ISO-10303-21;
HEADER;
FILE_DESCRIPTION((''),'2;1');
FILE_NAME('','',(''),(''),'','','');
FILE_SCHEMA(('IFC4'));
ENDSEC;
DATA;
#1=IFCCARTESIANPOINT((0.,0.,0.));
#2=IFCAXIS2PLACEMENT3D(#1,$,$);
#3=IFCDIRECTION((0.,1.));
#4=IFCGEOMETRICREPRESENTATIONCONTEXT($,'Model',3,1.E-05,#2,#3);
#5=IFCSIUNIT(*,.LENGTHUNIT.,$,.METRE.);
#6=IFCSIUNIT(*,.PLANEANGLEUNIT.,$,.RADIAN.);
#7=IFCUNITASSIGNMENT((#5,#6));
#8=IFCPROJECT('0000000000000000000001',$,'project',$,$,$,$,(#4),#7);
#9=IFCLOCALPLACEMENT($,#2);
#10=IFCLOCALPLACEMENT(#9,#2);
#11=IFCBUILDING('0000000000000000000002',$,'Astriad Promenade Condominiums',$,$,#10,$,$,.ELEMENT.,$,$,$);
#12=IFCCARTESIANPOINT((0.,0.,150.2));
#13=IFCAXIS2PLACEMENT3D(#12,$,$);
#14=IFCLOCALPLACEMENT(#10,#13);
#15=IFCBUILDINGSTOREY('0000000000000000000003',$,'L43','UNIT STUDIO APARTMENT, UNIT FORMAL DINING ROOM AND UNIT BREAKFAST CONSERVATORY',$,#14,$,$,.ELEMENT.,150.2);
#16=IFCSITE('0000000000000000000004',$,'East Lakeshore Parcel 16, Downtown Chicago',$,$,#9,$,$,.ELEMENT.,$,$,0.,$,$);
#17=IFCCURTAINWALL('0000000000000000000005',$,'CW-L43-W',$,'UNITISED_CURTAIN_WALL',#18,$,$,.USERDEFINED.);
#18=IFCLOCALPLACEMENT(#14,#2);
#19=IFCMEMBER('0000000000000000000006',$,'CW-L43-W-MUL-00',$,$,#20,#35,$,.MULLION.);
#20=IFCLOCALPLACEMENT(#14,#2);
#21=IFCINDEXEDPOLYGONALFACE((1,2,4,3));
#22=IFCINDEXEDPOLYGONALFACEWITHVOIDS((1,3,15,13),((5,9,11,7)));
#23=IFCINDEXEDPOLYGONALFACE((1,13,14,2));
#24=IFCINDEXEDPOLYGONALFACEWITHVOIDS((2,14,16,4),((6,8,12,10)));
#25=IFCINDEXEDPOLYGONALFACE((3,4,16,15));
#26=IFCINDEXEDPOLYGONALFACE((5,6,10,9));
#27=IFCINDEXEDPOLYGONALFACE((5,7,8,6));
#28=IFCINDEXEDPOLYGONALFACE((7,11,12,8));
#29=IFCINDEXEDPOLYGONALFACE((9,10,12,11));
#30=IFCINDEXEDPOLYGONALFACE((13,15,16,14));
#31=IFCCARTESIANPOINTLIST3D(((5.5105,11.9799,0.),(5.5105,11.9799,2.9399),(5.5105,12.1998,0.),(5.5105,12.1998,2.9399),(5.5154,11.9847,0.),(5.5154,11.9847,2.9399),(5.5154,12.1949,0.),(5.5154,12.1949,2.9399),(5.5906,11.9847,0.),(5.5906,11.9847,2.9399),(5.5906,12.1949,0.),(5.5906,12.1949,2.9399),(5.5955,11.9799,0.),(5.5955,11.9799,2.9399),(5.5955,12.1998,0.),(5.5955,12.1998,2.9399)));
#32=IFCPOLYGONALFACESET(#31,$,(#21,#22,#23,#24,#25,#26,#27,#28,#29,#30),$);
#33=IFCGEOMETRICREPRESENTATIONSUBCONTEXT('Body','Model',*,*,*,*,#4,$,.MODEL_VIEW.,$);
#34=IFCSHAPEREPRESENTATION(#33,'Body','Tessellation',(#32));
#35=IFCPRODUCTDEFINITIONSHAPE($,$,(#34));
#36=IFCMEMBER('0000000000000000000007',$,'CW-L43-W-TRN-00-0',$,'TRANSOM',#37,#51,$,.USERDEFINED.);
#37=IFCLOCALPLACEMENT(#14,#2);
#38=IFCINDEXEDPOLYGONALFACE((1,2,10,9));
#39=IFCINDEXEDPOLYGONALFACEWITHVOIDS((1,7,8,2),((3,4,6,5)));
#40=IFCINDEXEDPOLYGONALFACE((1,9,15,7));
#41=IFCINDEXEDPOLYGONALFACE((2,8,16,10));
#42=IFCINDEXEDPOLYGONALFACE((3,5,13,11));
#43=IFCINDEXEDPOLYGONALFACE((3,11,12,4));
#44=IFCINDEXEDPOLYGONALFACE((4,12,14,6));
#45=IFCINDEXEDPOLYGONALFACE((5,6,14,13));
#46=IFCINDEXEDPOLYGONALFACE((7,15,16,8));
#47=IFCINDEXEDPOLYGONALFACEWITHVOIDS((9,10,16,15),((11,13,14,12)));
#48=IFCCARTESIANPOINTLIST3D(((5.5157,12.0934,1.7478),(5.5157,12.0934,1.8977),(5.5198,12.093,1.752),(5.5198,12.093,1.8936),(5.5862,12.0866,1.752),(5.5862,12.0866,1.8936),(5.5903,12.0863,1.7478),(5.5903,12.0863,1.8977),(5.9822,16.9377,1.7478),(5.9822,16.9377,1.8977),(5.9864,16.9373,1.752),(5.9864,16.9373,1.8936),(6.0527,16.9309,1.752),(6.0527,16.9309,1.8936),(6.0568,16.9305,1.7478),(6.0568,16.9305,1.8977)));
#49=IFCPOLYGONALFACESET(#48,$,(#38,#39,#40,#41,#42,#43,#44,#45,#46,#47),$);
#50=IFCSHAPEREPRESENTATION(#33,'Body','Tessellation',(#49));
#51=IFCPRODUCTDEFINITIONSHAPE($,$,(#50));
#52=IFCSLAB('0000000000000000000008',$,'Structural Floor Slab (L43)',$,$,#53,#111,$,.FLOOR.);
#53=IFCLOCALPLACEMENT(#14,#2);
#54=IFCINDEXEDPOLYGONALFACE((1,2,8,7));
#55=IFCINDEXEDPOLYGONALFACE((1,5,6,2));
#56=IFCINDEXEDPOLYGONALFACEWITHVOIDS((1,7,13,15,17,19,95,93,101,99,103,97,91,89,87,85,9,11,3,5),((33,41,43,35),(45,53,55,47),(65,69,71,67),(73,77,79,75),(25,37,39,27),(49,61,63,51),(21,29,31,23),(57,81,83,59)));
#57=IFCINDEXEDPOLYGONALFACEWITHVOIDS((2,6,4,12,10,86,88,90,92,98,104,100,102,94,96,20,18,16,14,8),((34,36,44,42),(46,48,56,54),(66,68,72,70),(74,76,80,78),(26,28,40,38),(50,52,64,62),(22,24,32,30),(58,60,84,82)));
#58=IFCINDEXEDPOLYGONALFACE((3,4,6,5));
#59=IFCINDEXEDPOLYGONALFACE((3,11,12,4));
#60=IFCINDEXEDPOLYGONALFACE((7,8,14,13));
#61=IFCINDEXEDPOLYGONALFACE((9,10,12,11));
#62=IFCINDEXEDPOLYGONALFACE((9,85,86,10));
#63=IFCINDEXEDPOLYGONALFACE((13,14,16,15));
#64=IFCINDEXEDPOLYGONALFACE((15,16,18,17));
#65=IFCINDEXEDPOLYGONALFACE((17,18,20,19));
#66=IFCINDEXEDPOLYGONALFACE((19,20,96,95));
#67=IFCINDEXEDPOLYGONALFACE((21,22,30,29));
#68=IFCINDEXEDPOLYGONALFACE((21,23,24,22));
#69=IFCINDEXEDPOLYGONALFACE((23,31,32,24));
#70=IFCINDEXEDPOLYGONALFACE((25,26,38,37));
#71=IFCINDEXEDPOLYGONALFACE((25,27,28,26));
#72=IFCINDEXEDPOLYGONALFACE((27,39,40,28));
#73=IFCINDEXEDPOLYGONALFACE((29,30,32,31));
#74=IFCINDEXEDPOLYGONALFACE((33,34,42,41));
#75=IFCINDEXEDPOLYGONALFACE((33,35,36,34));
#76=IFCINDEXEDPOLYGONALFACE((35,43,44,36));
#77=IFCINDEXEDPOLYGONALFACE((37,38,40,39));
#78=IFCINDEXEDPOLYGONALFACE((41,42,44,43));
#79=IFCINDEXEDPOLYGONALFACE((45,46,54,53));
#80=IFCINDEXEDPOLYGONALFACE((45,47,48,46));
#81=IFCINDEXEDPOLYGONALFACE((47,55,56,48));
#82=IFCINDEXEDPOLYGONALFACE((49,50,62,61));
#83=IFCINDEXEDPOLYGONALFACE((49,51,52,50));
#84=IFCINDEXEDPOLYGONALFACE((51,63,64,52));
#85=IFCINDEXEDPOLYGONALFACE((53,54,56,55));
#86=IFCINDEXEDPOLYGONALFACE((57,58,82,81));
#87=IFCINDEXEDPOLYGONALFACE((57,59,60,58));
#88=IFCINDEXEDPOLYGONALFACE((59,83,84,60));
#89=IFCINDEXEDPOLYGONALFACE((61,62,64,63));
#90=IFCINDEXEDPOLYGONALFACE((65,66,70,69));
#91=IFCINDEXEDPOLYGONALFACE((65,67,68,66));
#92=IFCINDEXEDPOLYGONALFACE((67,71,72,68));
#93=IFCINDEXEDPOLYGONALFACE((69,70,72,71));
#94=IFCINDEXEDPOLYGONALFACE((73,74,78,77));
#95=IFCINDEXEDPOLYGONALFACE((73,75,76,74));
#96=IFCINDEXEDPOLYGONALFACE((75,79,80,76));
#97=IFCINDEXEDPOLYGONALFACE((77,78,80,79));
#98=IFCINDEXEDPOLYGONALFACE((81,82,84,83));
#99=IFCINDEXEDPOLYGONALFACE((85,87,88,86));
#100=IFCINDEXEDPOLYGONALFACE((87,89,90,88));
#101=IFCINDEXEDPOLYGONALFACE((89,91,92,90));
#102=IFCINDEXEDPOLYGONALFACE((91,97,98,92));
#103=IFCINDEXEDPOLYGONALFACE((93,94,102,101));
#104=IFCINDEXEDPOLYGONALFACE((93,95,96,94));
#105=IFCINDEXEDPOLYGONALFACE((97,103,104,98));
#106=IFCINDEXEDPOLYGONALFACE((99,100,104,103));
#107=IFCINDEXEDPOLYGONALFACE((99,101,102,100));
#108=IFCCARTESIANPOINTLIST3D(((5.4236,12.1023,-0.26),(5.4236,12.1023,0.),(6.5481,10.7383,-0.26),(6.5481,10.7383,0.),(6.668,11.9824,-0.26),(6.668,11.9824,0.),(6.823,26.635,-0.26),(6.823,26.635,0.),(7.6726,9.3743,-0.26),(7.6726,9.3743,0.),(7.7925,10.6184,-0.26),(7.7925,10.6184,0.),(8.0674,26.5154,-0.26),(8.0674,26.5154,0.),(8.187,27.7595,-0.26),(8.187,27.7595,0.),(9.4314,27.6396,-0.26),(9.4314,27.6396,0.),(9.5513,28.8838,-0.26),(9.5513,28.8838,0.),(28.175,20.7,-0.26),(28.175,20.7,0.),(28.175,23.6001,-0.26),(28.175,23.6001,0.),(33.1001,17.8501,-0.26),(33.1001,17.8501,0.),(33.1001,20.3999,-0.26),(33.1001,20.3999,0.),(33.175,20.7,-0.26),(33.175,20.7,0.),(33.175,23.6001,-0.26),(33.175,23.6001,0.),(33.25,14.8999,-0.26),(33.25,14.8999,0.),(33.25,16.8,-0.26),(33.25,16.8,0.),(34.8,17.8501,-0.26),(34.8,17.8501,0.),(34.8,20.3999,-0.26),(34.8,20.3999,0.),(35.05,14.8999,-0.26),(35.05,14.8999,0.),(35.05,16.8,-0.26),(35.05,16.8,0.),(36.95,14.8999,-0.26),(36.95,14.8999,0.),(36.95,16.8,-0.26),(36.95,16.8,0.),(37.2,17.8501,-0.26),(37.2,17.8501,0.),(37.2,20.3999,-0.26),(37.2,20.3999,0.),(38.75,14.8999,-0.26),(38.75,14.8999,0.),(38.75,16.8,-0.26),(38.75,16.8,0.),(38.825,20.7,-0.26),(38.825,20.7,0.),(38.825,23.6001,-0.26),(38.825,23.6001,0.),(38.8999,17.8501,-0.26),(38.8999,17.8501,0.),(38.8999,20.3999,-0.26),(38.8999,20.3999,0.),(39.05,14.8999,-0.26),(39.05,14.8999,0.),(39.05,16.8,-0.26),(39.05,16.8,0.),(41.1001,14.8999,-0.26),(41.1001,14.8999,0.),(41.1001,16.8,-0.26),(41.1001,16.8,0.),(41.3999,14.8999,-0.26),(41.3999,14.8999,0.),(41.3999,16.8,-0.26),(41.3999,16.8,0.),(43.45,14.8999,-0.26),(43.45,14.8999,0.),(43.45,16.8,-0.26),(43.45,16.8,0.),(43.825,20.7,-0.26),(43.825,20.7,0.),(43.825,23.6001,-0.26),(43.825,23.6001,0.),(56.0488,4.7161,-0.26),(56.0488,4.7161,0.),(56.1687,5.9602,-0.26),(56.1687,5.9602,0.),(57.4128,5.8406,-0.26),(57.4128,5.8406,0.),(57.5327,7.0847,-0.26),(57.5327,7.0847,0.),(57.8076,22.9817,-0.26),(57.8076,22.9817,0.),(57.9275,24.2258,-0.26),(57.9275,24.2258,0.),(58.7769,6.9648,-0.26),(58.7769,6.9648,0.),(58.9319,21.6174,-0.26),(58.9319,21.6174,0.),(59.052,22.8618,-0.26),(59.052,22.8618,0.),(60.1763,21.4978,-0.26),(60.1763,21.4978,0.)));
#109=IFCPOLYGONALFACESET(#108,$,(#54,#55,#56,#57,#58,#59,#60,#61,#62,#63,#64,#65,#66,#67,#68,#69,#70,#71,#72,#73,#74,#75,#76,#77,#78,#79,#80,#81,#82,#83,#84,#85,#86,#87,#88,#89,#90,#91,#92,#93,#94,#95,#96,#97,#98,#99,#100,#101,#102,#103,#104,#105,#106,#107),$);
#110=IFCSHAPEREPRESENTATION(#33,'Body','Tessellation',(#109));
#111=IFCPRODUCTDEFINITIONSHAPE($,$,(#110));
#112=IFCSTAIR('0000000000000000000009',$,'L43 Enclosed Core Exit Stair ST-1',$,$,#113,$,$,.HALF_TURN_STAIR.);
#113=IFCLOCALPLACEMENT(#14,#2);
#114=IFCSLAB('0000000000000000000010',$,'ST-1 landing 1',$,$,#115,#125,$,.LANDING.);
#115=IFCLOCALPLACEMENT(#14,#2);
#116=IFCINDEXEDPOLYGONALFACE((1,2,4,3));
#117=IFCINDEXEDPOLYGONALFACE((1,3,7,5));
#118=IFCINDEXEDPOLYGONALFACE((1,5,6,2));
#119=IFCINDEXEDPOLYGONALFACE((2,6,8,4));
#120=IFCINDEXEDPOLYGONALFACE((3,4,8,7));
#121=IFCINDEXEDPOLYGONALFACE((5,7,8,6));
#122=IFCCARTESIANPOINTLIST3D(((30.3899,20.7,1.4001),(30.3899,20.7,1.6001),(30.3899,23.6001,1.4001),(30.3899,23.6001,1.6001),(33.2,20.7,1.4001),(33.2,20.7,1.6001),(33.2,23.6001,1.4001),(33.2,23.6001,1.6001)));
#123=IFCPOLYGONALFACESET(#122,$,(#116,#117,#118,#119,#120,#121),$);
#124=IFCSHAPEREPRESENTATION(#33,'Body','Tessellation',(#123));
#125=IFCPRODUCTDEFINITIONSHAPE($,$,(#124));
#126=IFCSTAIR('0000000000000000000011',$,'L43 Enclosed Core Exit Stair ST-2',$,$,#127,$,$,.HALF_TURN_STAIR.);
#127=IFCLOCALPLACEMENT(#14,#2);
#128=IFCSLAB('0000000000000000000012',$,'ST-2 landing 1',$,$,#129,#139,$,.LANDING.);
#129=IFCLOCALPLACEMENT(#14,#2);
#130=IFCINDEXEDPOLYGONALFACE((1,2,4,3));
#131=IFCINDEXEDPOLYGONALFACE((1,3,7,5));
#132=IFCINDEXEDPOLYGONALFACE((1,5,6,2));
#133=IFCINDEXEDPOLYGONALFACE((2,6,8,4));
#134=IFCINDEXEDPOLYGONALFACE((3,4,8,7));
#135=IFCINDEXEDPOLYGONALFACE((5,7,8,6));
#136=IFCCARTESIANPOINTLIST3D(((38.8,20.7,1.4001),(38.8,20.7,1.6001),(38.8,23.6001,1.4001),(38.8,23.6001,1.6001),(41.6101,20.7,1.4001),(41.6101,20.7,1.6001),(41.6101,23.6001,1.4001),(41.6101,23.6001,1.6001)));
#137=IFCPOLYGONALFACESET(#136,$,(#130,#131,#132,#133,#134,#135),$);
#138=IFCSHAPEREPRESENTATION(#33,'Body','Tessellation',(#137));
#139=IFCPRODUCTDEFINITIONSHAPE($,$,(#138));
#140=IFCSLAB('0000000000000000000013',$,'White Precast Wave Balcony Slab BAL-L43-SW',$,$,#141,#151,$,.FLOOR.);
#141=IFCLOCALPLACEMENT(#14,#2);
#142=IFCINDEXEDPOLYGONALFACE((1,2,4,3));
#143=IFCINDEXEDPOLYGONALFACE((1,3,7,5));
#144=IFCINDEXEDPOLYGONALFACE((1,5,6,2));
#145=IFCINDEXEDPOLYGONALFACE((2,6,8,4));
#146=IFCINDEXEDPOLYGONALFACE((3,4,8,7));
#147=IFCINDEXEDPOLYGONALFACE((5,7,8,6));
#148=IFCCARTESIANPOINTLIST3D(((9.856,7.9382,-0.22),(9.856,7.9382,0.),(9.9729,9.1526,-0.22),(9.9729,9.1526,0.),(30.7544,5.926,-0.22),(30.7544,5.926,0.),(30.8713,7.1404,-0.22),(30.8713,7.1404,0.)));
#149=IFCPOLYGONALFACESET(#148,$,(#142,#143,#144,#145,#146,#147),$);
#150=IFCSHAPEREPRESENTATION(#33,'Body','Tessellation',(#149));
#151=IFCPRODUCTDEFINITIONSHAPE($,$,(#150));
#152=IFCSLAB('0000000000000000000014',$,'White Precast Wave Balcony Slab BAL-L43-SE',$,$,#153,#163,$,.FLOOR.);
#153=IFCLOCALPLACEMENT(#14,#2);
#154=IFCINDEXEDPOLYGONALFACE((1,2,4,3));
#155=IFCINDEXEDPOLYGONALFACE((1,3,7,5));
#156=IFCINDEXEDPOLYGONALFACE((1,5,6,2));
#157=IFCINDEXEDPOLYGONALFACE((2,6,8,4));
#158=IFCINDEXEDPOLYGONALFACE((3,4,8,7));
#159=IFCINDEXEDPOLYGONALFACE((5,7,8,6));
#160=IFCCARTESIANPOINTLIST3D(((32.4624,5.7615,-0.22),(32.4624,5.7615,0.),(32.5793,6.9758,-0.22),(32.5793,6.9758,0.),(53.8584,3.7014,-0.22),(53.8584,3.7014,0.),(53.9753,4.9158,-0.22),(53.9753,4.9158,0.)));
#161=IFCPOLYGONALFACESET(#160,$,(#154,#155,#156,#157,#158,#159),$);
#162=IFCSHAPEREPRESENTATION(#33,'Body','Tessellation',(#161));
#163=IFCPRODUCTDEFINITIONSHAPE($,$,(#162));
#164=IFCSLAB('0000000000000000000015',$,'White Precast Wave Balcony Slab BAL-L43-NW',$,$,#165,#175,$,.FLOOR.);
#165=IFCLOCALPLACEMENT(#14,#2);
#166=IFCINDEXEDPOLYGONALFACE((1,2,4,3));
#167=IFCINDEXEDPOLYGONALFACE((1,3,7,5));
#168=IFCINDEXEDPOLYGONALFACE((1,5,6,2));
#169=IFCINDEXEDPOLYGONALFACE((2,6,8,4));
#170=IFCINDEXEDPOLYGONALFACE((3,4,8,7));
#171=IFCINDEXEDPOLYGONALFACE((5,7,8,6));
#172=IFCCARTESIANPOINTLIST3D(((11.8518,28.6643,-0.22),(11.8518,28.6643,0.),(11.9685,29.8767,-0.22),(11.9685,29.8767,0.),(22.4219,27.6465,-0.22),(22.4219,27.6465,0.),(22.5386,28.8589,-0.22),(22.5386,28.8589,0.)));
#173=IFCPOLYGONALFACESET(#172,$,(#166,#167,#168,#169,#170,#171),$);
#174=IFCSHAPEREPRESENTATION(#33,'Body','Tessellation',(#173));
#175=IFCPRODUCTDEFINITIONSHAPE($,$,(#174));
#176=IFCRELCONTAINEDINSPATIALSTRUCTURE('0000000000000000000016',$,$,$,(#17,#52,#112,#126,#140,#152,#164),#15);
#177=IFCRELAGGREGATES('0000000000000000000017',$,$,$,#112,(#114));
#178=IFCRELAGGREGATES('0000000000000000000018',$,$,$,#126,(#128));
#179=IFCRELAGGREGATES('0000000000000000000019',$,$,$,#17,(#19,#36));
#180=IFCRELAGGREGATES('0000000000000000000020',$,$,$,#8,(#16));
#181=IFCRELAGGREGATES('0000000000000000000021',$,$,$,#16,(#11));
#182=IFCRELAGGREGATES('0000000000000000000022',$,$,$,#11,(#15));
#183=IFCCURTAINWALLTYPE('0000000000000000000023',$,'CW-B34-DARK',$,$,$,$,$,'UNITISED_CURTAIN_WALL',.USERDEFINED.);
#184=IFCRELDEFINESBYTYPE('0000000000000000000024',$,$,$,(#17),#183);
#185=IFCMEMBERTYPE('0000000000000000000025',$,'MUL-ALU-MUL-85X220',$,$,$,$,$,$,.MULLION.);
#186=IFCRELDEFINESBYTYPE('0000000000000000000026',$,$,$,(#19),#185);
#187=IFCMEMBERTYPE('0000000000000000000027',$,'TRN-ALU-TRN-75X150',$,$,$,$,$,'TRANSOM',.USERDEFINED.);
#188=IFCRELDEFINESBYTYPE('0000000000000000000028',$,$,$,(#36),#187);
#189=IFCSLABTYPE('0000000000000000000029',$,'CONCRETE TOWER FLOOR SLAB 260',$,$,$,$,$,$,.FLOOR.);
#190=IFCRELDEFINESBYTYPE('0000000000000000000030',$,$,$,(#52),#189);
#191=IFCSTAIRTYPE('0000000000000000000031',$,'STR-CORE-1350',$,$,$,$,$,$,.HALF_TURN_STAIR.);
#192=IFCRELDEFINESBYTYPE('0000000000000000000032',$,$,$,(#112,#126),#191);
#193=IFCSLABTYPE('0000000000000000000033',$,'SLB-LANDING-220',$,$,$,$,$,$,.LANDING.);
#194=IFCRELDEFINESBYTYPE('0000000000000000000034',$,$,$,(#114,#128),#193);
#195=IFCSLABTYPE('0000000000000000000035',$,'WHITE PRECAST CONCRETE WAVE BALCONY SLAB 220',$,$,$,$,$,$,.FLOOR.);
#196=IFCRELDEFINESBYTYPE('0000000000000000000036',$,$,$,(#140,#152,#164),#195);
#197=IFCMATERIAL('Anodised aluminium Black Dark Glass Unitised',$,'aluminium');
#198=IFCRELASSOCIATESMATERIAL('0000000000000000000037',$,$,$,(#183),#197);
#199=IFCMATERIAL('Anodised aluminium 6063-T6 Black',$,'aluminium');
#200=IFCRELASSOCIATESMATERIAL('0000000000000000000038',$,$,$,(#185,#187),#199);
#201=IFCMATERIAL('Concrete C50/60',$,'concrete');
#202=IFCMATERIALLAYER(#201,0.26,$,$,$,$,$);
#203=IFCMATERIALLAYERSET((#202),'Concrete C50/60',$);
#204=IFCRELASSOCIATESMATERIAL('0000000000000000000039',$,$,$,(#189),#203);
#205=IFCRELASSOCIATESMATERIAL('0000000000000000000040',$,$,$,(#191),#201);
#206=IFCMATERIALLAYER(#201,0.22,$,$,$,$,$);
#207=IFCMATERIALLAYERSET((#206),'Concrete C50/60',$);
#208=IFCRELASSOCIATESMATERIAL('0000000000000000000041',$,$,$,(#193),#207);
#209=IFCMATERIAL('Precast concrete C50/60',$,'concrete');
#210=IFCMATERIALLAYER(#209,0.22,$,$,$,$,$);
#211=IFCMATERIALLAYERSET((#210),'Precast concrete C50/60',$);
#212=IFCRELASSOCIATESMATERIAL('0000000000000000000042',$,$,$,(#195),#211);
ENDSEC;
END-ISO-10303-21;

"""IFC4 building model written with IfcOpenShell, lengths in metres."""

from ifc_helpers import new_model, si_unit, direction, frame, origin, origin_2d, place, context, subcontext, project, spatial, polyline, hollow_rectangle, outline, extrude, source, transform, mapped, material, layer, layer_set, material_profile, profile_set, type_object, type_shapes, element, aggregate, save


model = new_model("IFC4")

# Units and contexts
model_context = context("Model", 3, precision=1e-05, world=origin(), true_north=direction((0.0, 1.0)))
body_context = subcontext(model_context, "Body", "Model", "MODEL_VIEW")
ifc_project = project(units=[si_unit("LENGTHUNIT", "METRE"), si_unit("PLANEANGLEUNIT", "RADIAN")], contexts=[model_context])

# Site, building, storey
site_placement = place(None, origin())
site = spatial("IfcSite", under=ifc_project, at=site_placement, Name="East Lakeshore Parcel 16, Downtown Chicago", CompositionType="ELEMENT", RefElevation=0.0)
building_placement = place(site_placement, origin())
building = spatial("IfcBuilding", under=site, at=building_placement, Name="Astriad Promenade Condominiums", CompositionType="ELEMENT")
storey_placement = place(building_placement, frame((0.0, 0.0, 150.2)))
storey = spatial("IfcBuildingStorey", under=building, at=storey_placement, Name="L43", Description="UNIT STUDIO APARTMENT, UNIT FORMAL DINING ROOM AND UNIT BREAKFAST CONSERVATORY", CompositionType="ELEMENT", Elevation=150.2)

# Curtain wall, members
ifc_material_1 = material(Name="Anodised aluminium Black Dark Glass Unitised", Category="aluminium")
curtain_wall_type = type_object("IfcCurtainWallType", Name="CW-B34-DARK", ElementType="UNITISED_CURTAIN_WALL", PredefinedType="USERDEFINED", material=ifc_material_1)
curtain_wall_placement = place(storey_placement, origin())
curtain_wall = element("IfcCurtainWall", 1, at=curtain_wall_placement, inside=storey, type_object=curtain_wall_type, Name="CW-L43-W", ObjectType="UNITISED_CURTAIN_WALL", PredefinedType="USERDEFINED")
ifc_material_2 = material(Name="Anodised aluminium 6063-T6 Black", Category="aluminium")
ifc_material_profile_1 = material_profile(ifc_material_2, hollow_rectangle(XDim=0.085, YDim=0.22, WallThickness=0.0049, at=origin_2d()), Name="ALU-MUL-85X220")
ifc_profile_set_1 = profile_set([ifc_material_profile_1], Name="Anodised aluminium 6063-T6 Black")
member_type_1 = type_object("IfcMemberType", Name="MUL-ALU-MUL-85X220", PredefinedType="MULLION", material=ifc_profile_set_1)
shared_shape_1 = source(origin(), body_context, "Body", "SweptSolid", [
    extrude(hollow_rectangle(XDim=0.085, YDim=0.22, WallThickness=0.0049, at=origin_2d()), origin(), (0.0, 0.0, 1.0), 2.9399),
])
type_shapes(member_type_1, [shared_shape_1])
member_1_placement = place(storey_placement, frame((5.553, 12.0898, 0.0), z_axis=(0.0, 0.0, 1.0), x_axis=(1.0, 0.0, 0.0)))
member_1 = element("IfcMember", 2, at=member_1_placement, type_object=member_type_1, Name="CW-L43-W-MUL-00", PredefinedType="MULLION", context=body_context, shape_type="MappedRepresentation", body=[
    mapped(shared_shape_1, transform((0.0, 0.0, 0.0), scale=1.0)),
])
ifc_material_profile_2 = material_profile(ifc_material_2, hollow_rectangle(XDim=0.075, YDim=0.1499, WallThickness=0.0042, at=origin_2d()), Name="ALU-TRN-75X150")
ifc_profile_set_2 = profile_set([ifc_material_profile_2], Name="Anodised aluminium 6063-T6 Black")
member_type_2 = type_object("IfcMemberType", Name="TRN-ALU-TRN-75X150", ElementType="TRANSOM", PredefinedType="USERDEFINED", material=ifc_profile_set_2)
shared_shape_2 = source(origin(), body_context, "Body", "SweptSolid", [
    extrude(hollow_rectangle(XDim=0.075, YDim=0.1499, WallThickness=0.0042, at=origin_2d()), origin(), (0.0, 0.0, 1.0), 4.8667),
])
type_shapes(member_type_2, [shared_shape_2])
member_2_placement = place(storey_placement, frame((5.553, 12.0898, 1.8228), z_axis=(0.095867, 0.995394, 0.0), x_axis=(-0.995394, 0.095867, 0.0)))
member_2 = element("IfcMember", 3, at=member_2_placement, type_object=member_type_2, Name="CW-L43-W-TRN-00-0", ObjectType="TRANSOM", PredefinedType="USERDEFINED", context=body_context, shape_type="MappedRepresentation", body=[
    mapped(shared_shape_2, transform((0.0, 0.0, 0.0), scale=1.0)),
])

# Slab
ifc_material_3 = material(Name="Concrete C50/60", Category="concrete")
ifc_layer_1 = layer(ifc_material_3, 0.26)
ifc_layer_set_1 = layer_set([ifc_layer_1], Name="Concrete C50/60")
slab_type_1 = type_object("IfcSlabType", Name="CONCRETE TOWER FLOOR SLAB 260", PredefinedType="FLOOR", material=ifc_layer_set_1)
slab_1_placement = place(storey_placement, frame((0.0, 0.0, -0.26)))
element("IfcSlab", 4, at=slab_1_placement, inside=storey, type_object=slab_type_1, Name="Structural Floor Slab (L43)", PredefinedType="FLOOR", context=body_context, shape_type="SweptSolid", body=[
    extrude(outline(polyline([(7.6726, 9.3743), (56.0488, 4.7161), (56.1687, 5.9602), (57.4128, 5.8406), (57.5327, 7.0847), (58.7769, 6.9648), (60.1763, 21.4978), (58.9319, 21.6174), (59.052, 22.8618), (57.8076, 22.9817), (57.9275, 24.2258), (9.5513, 28.8838), (9.4314, 27.6396), (8.187, 27.7595), (8.0674, 26.5154), (6.823, 26.635), (5.4236, 12.1023), (6.668, 11.9824), (6.5481, 10.7383), (7.7925, 10.6184), (7.6726, 9.3743)]), holes=[polyline([(28.175, 20.7), (33.175, 20.7), (33.175, 23.6001), (28.175, 23.6001), (28.175, 20.7)]), polyline([(38.825, 20.7), (43.825, 20.7), (43.825, 23.6001), (38.825, 23.6001), (38.825, 20.7)]), polyline([(33.1001, 17.8501), (34.8, 17.8501), (34.8, 20.3999), (33.1001, 20.3999), (33.1001, 17.8501)]), polyline([(37.2, 17.8501), (38.8999, 17.8501), (38.8999, 20.3999), (37.2, 20.3999), (37.2, 17.8501)]), polyline([(33.25, 14.8999), (35.05, 14.8999), (35.05, 16.8), (33.25, 16.8), (33.25, 14.8999)]), polyline([(36.95, 14.8999), (38.75, 14.8999), (38.75, 16.8), (36.95, 16.8), (36.95, 14.8999)]), polyline([(39.05, 14.8999), (41.1001, 14.8999), (41.1001, 16.8), (39.05, 16.8), (39.05, 14.8999)]), polyline([(41.3999, 14.8999), (43.45, 14.8999), (43.45, 16.8), (41.3999, 16.8), (41.3999, 14.8999)])]), origin(), (0.0, 0.0, 1.0), 0.26),
])

# Stairs, slabs
stair_type = type_object("IfcStairType", Name="STR-CORE-1350", PredefinedType="HALF_TURN_STAIR", material=ifc_material_3)
stair_1_placement = place(storey_placement, origin())
stair_1 = element("IfcStair", 5, at=stair_1_placement, inside=storey, type_object=stair_type, Name="L43 Enclosed Core Exit Stair ST-1", PredefinedType="HALF_TURN_STAIR")
ifc_layer_2 = layer(ifc_material_3, 0.22)
ifc_layer_set_2 = layer_set([ifc_layer_2], Name="Concrete C50/60")
slab_type_2 = type_object("IfcSlabType", Name="SLB-LANDING-220", PredefinedType="LANDING", material=ifc_layer_set_2)
slab_2_placement = place(storey_placement, frame((0.0, 0.0, 1.4001)))
slab_2 = element("IfcSlab", 6, at=slab_2_placement, type_object=slab_type_2, Name="ST-1 landing 1", PredefinedType="LANDING", context=body_context, shape_type="SweptSolid", body=[
    extrude(outline(polyline([(30.3899, 20.7), (33.2, 20.7), (33.2, 23.6001), (30.3899, 23.6001), (30.3899, 20.7)])), origin(), (0.0, 0.0, 1.0), 0.2),
])
aggregate(stair_1, [slab_2])
stair_2_placement = place(storey_placement, origin())
stair_2 = element("IfcStair", 7, at=stair_2_placement, inside=storey, type_object=stair_type, Name="L43 Enclosed Core Exit Stair ST-2", PredefinedType="HALF_TURN_STAIR")
slab_3_placement = place(storey_placement, frame((0.0, 0.0, 1.4001)))
slab_3 = element("IfcSlab", 8, at=slab_3_placement, type_object=slab_type_2, Name="ST-2 landing 1", PredefinedType="LANDING", context=body_context, shape_type="SweptSolid", body=[
    extrude(outline(polyline([(41.6101, 23.6001), (38.8, 23.6001), (38.8, 20.7), (41.6101, 20.7), (41.6101, 23.6001)])), origin(), (0.0, 0.0, 1.0), 0.2),
])
aggregate(stair_2, [slab_3])

# Slabs
ifc_material_4 = material(Name="Precast concrete C50/60", Category="concrete")
ifc_layer_3 = layer(ifc_material_4, 0.22)
ifc_layer_set_3 = layer_set([ifc_layer_3], Name="Precast concrete C50/60")
slab_type_3 = type_object("IfcSlabType", Name="WHITE PRECAST CONCRETE WAVE BALCONY SLAB 220", PredefinedType="FLOOR", material=ifc_layer_set_3)
slab_4_placement = place(storey_placement, frame((0.0, 0.0, -0.22)))
element("IfcSlab", 9, at=slab_4_placement, inside=storey, type_object=slab_type_3, Name="White Precast Wave Balcony Slab BAL-L43-SW", PredefinedType="FLOOR", context=body_context, shape_type="SweptSolid", body=[
    extrude(outline(polyline([(9.856, 7.9382), (30.7544, 5.926), (30.8713, 7.1404), (9.9729, 9.1526), (9.856, 7.9382)])), origin(), (0.0, 0.0, 1.0), 0.22),
])
slab_5_placement = place(storey_placement, frame((0.0, 0.0, -0.22)))
element("IfcSlab", 10, at=slab_5_placement, inside=storey, type_object=slab_type_3, Name="White Precast Wave Balcony Slab BAL-L43-SE", PredefinedType="FLOOR", context=body_context, shape_type="SweptSolid", body=[
    extrude(outline(polyline([(32.4624, 5.7615), (53.8584, 3.7014), (53.9753, 4.9158), (32.5793, 6.9758), (32.4624, 5.7615)])), origin(), (0.0, 0.0, 1.0), 0.22),
])
slab_6_placement = place(storey_placement, frame((0.0, 0.0, -0.22)))
element("IfcSlab", 11, at=slab_6_placement, inside=storey, type_object=slab_type_3, Name="White Precast Wave Balcony Slab BAL-L43-NW", PredefinedType="FLOOR", context=body_context, shape_type="SweptSolid", body=[
    extrude(outline(polyline([(11.9685, 29.8767), (22.5386, 28.8589), (22.4219, 27.6465), (11.8518, 28.6643), (11.9685, 29.8767)])), origin(), (0.0, 0.0, 1.0), 0.22),
])

aggregate(curtain_wall, [member_1, member_2])

save(model, "model.ifc")
